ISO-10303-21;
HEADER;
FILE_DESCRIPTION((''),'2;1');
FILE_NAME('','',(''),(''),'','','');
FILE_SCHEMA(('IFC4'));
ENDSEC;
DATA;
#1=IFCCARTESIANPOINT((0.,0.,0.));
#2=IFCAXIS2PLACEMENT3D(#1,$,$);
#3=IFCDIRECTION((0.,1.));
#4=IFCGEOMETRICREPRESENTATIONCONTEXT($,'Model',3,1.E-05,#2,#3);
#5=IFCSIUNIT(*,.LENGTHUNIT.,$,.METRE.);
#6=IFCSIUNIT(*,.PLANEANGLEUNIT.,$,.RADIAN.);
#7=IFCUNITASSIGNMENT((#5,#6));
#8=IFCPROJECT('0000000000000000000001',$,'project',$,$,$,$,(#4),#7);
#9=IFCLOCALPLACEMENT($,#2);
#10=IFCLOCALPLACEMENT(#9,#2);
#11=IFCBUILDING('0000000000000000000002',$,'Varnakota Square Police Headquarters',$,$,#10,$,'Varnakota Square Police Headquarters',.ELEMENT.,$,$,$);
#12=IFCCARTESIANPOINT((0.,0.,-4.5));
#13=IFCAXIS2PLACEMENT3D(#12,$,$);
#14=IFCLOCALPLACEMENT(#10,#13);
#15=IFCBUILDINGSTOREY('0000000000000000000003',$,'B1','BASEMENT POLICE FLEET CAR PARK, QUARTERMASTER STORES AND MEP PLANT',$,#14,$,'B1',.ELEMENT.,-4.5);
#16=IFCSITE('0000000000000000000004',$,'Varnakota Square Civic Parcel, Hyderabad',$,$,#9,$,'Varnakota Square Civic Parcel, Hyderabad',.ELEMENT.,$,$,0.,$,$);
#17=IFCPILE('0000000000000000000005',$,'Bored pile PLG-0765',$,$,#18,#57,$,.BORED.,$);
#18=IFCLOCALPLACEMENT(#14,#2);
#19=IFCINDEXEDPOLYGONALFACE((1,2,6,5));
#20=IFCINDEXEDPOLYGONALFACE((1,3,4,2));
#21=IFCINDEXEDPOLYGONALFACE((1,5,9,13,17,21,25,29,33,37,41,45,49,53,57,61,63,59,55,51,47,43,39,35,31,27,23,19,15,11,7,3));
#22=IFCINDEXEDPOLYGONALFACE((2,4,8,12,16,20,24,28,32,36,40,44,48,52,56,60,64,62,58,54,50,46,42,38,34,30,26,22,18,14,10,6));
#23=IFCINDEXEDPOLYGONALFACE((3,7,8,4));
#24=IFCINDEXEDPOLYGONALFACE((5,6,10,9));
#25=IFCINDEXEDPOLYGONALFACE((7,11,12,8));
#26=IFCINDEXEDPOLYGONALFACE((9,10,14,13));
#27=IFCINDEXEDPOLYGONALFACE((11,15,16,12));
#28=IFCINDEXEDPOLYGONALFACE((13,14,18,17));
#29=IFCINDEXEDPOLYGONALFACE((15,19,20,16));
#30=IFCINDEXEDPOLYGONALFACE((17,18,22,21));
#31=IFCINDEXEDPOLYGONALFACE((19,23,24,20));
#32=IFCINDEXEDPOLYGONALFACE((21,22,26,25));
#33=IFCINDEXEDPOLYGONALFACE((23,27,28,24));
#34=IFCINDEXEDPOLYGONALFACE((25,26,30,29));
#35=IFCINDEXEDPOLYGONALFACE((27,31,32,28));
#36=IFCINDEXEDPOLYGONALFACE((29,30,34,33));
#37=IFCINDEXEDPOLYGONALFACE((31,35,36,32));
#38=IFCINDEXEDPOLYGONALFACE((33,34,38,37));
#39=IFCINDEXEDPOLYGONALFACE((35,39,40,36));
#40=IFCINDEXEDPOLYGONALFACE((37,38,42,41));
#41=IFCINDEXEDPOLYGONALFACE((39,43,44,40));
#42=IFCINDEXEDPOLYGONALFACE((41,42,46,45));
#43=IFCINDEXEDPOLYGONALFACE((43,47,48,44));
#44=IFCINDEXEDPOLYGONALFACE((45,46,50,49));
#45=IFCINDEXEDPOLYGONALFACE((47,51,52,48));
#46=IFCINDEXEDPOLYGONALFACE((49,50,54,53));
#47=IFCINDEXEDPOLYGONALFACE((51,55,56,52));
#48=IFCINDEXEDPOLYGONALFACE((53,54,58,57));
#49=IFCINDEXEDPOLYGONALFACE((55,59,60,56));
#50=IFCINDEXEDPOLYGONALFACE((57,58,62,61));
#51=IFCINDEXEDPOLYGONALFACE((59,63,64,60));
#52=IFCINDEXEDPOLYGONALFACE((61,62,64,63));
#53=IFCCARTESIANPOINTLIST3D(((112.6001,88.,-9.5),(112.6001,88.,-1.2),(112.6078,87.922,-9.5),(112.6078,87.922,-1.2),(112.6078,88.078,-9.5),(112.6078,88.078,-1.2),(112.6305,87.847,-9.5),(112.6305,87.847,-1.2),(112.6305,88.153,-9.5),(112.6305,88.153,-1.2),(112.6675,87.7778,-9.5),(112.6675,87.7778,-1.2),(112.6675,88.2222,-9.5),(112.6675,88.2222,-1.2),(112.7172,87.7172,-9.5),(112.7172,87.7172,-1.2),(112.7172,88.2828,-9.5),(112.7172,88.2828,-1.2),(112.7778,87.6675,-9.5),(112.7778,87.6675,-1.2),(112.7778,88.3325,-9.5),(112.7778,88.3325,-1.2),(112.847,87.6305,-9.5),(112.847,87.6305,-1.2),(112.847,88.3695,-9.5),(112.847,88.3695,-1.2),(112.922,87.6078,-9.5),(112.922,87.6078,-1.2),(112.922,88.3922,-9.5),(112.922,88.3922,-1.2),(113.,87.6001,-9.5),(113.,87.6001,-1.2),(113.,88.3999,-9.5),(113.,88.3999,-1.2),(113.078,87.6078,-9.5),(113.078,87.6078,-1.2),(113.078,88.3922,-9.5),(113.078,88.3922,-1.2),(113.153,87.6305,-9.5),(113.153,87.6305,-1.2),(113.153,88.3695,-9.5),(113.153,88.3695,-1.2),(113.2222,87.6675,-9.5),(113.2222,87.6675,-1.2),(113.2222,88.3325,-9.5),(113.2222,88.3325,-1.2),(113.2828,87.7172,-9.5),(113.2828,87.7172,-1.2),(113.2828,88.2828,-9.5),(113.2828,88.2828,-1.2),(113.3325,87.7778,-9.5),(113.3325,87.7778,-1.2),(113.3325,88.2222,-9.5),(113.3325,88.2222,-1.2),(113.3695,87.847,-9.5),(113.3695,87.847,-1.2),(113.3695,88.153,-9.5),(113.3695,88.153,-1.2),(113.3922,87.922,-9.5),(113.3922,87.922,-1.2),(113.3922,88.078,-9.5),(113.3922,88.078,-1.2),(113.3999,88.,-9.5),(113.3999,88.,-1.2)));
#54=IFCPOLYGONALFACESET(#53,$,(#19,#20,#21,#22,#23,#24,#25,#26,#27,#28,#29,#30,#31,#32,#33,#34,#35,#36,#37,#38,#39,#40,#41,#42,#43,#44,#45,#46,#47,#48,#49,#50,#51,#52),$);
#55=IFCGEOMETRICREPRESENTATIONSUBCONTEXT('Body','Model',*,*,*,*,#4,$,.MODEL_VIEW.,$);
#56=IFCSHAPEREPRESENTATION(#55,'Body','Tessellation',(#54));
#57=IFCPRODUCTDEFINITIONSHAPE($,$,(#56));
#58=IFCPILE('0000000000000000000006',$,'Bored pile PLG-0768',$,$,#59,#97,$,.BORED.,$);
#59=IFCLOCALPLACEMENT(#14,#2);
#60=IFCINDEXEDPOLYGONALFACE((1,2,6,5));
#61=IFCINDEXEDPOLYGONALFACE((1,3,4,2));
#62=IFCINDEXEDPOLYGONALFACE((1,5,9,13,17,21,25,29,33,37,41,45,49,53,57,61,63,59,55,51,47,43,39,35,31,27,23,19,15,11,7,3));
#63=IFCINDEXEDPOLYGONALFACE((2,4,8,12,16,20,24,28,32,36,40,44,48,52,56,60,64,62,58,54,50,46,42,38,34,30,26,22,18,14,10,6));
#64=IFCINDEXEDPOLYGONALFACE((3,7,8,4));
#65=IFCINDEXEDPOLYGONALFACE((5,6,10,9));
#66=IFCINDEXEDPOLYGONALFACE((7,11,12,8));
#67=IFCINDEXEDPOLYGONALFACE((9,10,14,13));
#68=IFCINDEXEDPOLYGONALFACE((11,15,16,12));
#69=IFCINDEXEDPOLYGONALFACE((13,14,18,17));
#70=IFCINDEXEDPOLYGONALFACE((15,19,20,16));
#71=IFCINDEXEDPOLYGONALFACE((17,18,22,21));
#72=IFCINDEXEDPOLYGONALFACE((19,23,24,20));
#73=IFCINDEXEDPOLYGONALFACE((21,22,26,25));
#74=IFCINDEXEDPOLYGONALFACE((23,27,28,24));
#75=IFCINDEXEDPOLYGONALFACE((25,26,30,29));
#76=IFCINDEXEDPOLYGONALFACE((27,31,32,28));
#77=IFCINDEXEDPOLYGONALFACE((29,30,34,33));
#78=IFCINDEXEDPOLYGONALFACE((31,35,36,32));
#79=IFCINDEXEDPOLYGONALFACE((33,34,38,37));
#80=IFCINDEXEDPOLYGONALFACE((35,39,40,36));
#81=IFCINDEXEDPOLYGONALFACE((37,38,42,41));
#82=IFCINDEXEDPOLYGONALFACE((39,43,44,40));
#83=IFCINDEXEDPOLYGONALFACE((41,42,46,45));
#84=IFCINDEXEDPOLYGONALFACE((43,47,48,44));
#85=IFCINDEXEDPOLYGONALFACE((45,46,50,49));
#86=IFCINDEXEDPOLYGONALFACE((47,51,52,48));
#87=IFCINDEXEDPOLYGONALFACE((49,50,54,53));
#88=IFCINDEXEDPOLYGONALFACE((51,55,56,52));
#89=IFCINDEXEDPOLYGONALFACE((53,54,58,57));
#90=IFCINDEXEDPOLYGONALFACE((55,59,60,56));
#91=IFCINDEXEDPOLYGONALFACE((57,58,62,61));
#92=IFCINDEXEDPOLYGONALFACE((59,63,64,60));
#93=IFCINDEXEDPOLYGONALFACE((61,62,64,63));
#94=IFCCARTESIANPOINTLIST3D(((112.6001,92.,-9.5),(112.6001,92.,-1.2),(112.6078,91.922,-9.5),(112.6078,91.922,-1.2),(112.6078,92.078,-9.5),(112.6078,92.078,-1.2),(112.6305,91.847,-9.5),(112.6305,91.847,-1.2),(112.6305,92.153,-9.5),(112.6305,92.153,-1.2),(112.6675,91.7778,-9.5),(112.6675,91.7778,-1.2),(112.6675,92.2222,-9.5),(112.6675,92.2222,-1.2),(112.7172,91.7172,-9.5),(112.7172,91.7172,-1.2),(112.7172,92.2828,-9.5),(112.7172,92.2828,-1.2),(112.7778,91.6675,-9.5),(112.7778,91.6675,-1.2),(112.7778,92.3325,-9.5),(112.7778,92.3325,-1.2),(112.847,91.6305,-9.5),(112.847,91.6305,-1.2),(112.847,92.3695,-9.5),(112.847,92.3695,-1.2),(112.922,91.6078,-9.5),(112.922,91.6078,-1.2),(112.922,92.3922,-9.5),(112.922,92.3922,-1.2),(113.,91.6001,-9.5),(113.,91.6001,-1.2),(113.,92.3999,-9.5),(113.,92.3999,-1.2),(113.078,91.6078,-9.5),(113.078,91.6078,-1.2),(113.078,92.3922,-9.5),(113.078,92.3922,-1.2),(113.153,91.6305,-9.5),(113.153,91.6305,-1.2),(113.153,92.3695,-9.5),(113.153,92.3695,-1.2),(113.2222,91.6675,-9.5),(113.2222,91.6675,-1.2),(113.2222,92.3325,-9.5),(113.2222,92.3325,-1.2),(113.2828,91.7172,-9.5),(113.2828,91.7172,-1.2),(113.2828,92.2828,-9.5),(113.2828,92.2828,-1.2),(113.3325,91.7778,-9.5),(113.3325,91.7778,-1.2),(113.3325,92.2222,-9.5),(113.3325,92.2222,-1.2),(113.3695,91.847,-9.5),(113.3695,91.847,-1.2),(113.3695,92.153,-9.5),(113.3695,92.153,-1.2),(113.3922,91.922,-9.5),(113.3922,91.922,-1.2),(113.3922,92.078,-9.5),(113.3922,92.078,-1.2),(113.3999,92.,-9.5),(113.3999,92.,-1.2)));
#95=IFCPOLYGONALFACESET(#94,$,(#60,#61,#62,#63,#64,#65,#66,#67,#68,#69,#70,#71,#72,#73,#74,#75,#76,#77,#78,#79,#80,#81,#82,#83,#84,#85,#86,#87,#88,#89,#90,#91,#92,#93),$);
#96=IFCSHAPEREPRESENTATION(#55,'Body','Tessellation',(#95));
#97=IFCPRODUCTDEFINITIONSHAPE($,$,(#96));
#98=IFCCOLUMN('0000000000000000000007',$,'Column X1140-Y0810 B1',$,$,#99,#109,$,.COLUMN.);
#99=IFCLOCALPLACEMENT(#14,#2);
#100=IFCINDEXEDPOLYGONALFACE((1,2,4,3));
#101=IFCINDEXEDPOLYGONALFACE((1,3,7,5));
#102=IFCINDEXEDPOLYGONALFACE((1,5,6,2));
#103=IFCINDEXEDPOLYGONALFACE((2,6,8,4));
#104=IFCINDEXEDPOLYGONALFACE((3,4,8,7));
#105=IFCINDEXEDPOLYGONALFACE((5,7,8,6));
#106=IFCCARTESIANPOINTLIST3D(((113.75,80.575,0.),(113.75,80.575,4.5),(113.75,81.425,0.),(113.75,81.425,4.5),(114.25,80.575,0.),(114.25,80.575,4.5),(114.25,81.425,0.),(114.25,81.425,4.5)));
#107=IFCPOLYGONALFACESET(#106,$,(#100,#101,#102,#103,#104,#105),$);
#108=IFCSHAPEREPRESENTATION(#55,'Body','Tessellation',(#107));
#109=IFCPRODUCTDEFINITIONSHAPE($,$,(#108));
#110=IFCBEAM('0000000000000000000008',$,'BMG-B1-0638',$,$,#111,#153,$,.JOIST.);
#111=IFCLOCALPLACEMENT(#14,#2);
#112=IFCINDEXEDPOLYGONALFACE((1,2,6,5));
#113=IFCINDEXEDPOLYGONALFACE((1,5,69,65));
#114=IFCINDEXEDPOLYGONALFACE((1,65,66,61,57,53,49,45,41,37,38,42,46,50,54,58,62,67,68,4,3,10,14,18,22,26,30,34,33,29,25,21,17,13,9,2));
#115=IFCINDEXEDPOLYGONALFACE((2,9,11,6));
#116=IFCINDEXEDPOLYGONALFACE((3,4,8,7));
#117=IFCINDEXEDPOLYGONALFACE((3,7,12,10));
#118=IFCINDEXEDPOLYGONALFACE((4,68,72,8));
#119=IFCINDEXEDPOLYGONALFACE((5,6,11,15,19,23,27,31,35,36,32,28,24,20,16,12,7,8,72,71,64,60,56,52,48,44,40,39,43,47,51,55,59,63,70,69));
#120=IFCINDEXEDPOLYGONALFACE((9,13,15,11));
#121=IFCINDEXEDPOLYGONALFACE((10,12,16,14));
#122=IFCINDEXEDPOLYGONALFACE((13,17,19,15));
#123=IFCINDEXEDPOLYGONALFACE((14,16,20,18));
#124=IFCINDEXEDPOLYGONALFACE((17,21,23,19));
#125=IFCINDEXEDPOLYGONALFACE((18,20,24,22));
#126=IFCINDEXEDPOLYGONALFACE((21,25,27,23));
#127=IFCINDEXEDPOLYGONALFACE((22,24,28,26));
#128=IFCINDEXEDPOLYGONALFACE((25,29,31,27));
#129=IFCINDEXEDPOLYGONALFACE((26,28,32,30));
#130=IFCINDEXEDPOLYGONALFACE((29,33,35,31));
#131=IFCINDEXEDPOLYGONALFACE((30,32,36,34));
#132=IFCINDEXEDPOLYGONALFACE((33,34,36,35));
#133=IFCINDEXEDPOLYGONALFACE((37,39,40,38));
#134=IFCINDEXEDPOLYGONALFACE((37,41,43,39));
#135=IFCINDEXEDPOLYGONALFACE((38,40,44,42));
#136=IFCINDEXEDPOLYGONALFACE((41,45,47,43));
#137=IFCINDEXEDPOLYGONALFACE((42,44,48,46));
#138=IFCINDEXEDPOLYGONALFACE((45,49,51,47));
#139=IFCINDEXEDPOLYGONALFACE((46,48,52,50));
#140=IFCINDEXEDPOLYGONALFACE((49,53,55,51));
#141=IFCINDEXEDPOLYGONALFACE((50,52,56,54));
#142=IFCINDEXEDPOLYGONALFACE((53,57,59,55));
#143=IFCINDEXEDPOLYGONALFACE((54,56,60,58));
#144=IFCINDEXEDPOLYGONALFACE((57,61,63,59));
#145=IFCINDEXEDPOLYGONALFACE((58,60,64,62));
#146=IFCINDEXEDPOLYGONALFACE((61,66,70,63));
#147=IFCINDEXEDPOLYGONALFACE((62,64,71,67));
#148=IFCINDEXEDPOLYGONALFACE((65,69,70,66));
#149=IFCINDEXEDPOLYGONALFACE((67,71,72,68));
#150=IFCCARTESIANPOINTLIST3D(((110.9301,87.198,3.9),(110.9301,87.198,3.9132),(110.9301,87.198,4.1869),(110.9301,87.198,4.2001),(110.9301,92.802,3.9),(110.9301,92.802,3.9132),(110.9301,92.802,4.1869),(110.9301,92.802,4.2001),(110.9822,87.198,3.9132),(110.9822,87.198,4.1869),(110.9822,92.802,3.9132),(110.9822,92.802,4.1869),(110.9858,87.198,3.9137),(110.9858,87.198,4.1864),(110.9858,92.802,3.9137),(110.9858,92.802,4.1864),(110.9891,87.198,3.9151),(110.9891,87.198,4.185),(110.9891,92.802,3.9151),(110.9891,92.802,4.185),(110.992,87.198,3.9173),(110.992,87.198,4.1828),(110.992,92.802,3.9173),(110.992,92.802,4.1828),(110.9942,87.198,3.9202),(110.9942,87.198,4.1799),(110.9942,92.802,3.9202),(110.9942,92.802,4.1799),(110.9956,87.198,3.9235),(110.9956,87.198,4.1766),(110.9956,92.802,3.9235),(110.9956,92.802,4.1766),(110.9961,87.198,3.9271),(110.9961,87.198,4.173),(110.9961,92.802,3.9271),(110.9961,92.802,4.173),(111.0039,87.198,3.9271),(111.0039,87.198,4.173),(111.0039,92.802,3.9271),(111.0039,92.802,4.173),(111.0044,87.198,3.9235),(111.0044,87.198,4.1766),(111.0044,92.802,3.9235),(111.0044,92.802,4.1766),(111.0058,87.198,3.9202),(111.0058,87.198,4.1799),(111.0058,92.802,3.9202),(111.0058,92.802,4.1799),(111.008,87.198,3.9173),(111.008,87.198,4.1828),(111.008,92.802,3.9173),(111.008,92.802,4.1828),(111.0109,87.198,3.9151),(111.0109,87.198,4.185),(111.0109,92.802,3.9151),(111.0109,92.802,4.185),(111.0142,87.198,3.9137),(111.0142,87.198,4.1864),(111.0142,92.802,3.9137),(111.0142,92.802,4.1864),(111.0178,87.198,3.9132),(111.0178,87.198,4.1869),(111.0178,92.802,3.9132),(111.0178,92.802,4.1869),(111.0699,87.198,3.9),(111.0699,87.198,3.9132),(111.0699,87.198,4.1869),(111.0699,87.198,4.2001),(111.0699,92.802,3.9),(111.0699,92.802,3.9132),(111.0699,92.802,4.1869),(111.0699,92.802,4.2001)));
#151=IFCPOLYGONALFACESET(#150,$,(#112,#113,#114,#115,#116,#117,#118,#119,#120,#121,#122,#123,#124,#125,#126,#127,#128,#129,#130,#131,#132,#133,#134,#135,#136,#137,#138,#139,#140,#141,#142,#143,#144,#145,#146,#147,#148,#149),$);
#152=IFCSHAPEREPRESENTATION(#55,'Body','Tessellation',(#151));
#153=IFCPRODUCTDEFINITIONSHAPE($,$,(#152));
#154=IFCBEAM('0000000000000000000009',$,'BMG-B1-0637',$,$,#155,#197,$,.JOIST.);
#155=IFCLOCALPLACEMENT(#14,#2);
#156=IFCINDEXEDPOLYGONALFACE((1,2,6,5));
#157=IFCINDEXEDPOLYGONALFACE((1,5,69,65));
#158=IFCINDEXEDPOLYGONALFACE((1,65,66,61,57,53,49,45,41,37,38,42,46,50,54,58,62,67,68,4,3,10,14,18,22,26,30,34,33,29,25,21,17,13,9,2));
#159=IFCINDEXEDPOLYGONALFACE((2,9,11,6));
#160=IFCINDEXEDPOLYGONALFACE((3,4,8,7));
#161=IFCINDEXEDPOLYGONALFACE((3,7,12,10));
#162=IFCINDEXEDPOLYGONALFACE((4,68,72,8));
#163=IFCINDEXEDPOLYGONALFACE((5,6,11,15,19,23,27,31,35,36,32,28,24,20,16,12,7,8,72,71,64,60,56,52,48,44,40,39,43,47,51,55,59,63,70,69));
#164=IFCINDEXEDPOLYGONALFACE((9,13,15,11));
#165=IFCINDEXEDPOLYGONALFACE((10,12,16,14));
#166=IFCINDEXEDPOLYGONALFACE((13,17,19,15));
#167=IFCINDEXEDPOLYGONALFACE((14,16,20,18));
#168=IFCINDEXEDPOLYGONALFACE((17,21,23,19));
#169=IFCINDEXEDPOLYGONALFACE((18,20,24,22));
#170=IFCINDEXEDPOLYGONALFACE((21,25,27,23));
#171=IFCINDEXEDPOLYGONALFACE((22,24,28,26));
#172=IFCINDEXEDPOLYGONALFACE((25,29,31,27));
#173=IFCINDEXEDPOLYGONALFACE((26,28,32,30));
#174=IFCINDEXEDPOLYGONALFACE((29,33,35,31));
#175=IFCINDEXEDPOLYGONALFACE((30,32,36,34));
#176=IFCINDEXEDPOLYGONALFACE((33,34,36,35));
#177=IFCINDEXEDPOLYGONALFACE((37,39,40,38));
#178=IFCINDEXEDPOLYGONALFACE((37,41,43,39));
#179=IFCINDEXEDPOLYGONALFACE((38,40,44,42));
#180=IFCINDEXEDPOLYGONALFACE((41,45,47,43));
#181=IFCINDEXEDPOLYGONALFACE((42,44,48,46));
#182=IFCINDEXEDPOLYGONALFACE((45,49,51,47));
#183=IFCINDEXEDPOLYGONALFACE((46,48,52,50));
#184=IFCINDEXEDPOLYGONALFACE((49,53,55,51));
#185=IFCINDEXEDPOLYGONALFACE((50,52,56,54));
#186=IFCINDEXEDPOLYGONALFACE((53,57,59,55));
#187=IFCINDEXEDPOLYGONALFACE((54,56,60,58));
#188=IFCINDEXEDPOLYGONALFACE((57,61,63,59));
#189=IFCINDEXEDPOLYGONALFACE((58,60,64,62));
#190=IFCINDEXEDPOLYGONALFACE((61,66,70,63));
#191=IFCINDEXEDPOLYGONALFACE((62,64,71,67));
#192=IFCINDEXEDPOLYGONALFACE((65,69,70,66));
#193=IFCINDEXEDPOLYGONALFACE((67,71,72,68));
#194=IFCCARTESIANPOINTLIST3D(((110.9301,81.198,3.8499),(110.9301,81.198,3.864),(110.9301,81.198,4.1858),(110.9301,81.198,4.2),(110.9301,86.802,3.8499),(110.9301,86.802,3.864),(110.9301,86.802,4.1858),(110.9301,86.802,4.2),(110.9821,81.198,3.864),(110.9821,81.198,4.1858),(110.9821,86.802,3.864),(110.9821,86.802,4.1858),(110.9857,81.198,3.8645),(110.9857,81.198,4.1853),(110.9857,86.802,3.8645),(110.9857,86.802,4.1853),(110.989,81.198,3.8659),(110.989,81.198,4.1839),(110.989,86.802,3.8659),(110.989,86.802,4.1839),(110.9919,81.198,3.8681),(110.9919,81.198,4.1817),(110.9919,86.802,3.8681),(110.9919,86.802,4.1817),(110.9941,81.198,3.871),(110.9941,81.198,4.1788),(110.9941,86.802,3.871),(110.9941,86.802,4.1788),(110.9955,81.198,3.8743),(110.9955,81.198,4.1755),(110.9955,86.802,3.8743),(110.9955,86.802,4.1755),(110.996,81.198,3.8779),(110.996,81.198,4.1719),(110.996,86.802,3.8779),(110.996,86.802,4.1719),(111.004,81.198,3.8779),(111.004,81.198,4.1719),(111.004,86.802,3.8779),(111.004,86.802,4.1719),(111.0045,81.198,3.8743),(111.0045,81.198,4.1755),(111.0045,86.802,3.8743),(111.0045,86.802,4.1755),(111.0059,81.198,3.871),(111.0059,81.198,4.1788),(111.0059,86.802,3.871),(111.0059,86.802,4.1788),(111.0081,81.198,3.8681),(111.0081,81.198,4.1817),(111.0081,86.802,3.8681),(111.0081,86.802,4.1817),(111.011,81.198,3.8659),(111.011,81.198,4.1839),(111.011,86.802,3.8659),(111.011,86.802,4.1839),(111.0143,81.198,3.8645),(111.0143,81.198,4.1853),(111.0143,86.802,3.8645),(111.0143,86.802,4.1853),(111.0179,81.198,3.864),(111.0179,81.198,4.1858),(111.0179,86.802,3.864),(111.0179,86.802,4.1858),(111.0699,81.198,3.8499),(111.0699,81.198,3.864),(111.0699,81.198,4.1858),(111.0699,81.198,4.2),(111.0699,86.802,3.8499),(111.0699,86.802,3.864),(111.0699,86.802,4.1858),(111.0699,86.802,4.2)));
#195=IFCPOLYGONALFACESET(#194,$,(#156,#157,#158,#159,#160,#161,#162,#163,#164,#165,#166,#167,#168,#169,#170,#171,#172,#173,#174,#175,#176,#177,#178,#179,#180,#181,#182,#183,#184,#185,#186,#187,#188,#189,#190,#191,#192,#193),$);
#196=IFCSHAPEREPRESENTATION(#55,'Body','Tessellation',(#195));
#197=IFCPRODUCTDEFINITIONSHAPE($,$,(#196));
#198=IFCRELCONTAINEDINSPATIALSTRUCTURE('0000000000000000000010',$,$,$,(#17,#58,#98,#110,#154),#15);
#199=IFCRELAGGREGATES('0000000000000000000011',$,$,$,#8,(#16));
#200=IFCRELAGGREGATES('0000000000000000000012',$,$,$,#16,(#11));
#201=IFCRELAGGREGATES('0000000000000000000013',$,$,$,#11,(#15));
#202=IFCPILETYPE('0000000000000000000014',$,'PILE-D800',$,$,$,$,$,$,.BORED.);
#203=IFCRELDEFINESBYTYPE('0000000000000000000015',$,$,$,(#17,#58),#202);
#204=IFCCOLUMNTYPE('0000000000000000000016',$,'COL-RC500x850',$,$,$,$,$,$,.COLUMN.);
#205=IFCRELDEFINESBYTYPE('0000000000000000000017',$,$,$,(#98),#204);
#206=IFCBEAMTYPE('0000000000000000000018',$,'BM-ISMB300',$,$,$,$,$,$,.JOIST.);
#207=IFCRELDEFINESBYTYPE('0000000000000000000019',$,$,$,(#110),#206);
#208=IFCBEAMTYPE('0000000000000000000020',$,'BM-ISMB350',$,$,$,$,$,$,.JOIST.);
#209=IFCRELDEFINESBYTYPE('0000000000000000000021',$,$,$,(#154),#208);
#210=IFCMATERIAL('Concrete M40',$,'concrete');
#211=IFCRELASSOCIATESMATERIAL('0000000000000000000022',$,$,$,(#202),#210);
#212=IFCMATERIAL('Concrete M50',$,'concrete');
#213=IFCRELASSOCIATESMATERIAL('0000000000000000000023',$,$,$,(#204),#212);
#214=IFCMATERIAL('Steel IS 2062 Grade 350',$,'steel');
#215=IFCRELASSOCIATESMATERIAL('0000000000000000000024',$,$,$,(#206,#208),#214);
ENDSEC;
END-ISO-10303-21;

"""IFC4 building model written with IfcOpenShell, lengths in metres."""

from ifc_helpers import new_model, si_unit, direction, frame, origin, origin_2d, place, context, subcontext, project, spatial, rectangle, circle, i_section, extrude, material, material_profile, profile_set, type_object, element, save


model = new_model("IFC4")

# Units and contexts
model_context = context("Model", 3, precision=1e-05, world=origin(), true_north=direction((0.0, 1.0)))
body_context = subcontext(model_context, "Body", "Model", "MODEL_VIEW")
ifc_project = project(units=[si_unit("LENGTHUNIT", "METRE"), si_unit("PLANEANGLEUNIT", "RADIAN")], contexts=[model_context])

# Site, building, storey
site_placement = place(None, origin())
site = spatial("IfcSite", under=ifc_project, at=site_placement, Name="Varnakota Square Civic Parcel, Hyderabad", LongName="Varnakota Square Civic Parcel, Hyderabad", CompositionType="ELEMENT", RefElevation=0.0)
building_placement = place(site_placement, origin())
building = spatial("IfcBuilding", under=site, at=building_placement, Name="Varnakota Square Police Headquarters", LongName="Varnakota Square Police Headquarters", CompositionType="ELEMENT")
storey_placement = place(building_placement, frame((0.0, 0.0, -4.5)))
storey = spatial("IfcBuildingStorey", under=building, at=storey_placement, Name="B1", Description="BASEMENT POLICE FLEET CAR PARK, QUARTERMASTER STORES AND MEP PLANT", LongName="B1", CompositionType="ELEMENT", Elevation=-4.5)

# Shared definitions
ifc_material_1 = material(Name="Concrete M40", Category="concrete")

# Piles
ifc_material_profile_1 = material_profile(ifc_material_1, circle(Radius=0.3999, at=origin_2d()), Name="BORED PILE 800")
ifc_profile_set_1 = profile_set([ifc_material_profile_1], Name="Concrete M40")
pile_type = type_object("IfcPileType", Name="PILE-D800", PredefinedType="BORED", material=ifc_profile_set_1)
for number, where, z_axis, x_axis, name in (
    (1, (113.0, 88.0, -1.2), (0.0, 0.0, -1.0), (1.0, 0.0, 0.0), "Bored pile PLG-0765"),
    (2, (113.0, 92.0, -1.2), (0.0, 0.0, -1.0), (1.0, 0.0, 0.0), "Bored pile PLG-0768"),
):
    element("IfcPile", number, at=place(storey_placement, frame(where, z_axis=z_axis, x_axis=x_axis)), inside=storey, type_object=pile_type, Name=name, PredefinedType="BORED", context=body_context, shape_type="SweptSolid", body=[
        extrude(circle(Radius=0.3999, at=origin_2d()), origin(), (0.0, 0.0, 1.0), 8.3),
    ])

# Column
ifc_material_2 = material(Name="Concrete M50", Category="concrete")
ifc_material_profile_2 = material_profile(ifc_material_2, rectangle(XDim=0.5, YDim=0.8501, at=origin_2d()), Name="RC 500x850")
ifc_profile_set_2 = profile_set([ifc_material_profile_2], Name="Concrete M50")
column_type = type_object("IfcColumnType", Name="COL-RC500x850", PredefinedType="COLUMN", material=ifc_profile_set_2)
column_placement = place(storey_placement, frame((114.0, 81.0, 0.0), z_axis=(0.0, 0.0, 1.0), x_axis=(1.0, 0.0, 0.0)))
element("IfcColumn", 3, at=column_placement, inside=storey, type_object=column_type, Name="Column X1140-Y0810 B1", PredefinedType="COLUMN", context=body_context, shape_type="SweptSolid", body=[
    extrude(rectangle(XDim=0.5, YDim=0.8501, at=origin_2d()), origin(), (0.0, 0.0, 1.0), 4.5),
])

# Beams
ifc_material_3 = material(Name="Steel IS 2062 Grade 350", Category="steel")
ifc_material_profile_3 = material_profile(ifc_material_3, i_section(OverallWidth=0.1399, OverallDepth=0.3, WebThickness=0.0078, FlangeThickness=0.0132, FilletRadius=0.0139, at=origin_2d()), Name="ISMB 300")
ifc_profile_set_3 = profile_set([ifc_material_profile_3], Name="Steel IS 2062 Grade 350")
beam_type_1 = type_object("IfcBeamType", Name="BM-ISMB300", PredefinedType="JOIST", material=ifc_profile_set_3)
beam_1_placement = place(storey_placement, frame((111.0, 87.198, 4.05), z_axis=(0.0, 1.0, 0.0), x_axis=(-1.0, 0.0, 0.0)))
element("IfcBeam", 4, at=beam_1_placement, inside=storey, type_object=beam_type_1, Name="BMG-B1-0638", PredefinedType="JOIST", context=body_context, shape_type="SweptSolid", body=[
    extrude(i_section(OverallWidth=0.1399, OverallDepth=0.3, WebThickness=0.0078, FlangeThickness=0.0132, FilletRadius=0.0139, at=origin_2d()), origin(), (0.0, 0.0, 1.0), 5.604),
])
ifc_material_profile_4 = material_profile(ifc_material_3, i_section(OverallWidth=0.1399, OverallDepth=0.3501, WebThickness=0.0081, FlangeThickness=0.0142, FilletRadius=0.0139, at=origin_2d()), Name="ISMB 350")
ifc_profile_set_4 = profile_set([ifc_material_profile_4], Name="Steel IS 2062 Grade 350")
beam_type_2 = type_object("IfcBeamType", Name="BM-ISMB350", PredefinedType="JOIST", material=ifc_profile_set_4)
beam_2_placement = place(storey_placement, frame((111.0, 81.198, 4.0249), z_axis=(0.0, 1.0, 0.0), x_axis=(-1.0, 0.0, 0.0)))
element("IfcBeam", 5, at=beam_2_placement, inside=storey, type_object=beam_type_2, Name="BMG-B1-0637", PredefinedType="JOIST", context=body_context, shape_type="SweptSolid", body=[
    extrude(i_section(OverallWidth=0.1399, OverallDepth=0.3501, WebThickness=0.0081, FlangeThickness=0.0142, FilletRadius=0.0139, at=origin_2d()), origin(), (0.0, 0.0, 1.0), 5.604),
])

save(model, "model.ifc")
